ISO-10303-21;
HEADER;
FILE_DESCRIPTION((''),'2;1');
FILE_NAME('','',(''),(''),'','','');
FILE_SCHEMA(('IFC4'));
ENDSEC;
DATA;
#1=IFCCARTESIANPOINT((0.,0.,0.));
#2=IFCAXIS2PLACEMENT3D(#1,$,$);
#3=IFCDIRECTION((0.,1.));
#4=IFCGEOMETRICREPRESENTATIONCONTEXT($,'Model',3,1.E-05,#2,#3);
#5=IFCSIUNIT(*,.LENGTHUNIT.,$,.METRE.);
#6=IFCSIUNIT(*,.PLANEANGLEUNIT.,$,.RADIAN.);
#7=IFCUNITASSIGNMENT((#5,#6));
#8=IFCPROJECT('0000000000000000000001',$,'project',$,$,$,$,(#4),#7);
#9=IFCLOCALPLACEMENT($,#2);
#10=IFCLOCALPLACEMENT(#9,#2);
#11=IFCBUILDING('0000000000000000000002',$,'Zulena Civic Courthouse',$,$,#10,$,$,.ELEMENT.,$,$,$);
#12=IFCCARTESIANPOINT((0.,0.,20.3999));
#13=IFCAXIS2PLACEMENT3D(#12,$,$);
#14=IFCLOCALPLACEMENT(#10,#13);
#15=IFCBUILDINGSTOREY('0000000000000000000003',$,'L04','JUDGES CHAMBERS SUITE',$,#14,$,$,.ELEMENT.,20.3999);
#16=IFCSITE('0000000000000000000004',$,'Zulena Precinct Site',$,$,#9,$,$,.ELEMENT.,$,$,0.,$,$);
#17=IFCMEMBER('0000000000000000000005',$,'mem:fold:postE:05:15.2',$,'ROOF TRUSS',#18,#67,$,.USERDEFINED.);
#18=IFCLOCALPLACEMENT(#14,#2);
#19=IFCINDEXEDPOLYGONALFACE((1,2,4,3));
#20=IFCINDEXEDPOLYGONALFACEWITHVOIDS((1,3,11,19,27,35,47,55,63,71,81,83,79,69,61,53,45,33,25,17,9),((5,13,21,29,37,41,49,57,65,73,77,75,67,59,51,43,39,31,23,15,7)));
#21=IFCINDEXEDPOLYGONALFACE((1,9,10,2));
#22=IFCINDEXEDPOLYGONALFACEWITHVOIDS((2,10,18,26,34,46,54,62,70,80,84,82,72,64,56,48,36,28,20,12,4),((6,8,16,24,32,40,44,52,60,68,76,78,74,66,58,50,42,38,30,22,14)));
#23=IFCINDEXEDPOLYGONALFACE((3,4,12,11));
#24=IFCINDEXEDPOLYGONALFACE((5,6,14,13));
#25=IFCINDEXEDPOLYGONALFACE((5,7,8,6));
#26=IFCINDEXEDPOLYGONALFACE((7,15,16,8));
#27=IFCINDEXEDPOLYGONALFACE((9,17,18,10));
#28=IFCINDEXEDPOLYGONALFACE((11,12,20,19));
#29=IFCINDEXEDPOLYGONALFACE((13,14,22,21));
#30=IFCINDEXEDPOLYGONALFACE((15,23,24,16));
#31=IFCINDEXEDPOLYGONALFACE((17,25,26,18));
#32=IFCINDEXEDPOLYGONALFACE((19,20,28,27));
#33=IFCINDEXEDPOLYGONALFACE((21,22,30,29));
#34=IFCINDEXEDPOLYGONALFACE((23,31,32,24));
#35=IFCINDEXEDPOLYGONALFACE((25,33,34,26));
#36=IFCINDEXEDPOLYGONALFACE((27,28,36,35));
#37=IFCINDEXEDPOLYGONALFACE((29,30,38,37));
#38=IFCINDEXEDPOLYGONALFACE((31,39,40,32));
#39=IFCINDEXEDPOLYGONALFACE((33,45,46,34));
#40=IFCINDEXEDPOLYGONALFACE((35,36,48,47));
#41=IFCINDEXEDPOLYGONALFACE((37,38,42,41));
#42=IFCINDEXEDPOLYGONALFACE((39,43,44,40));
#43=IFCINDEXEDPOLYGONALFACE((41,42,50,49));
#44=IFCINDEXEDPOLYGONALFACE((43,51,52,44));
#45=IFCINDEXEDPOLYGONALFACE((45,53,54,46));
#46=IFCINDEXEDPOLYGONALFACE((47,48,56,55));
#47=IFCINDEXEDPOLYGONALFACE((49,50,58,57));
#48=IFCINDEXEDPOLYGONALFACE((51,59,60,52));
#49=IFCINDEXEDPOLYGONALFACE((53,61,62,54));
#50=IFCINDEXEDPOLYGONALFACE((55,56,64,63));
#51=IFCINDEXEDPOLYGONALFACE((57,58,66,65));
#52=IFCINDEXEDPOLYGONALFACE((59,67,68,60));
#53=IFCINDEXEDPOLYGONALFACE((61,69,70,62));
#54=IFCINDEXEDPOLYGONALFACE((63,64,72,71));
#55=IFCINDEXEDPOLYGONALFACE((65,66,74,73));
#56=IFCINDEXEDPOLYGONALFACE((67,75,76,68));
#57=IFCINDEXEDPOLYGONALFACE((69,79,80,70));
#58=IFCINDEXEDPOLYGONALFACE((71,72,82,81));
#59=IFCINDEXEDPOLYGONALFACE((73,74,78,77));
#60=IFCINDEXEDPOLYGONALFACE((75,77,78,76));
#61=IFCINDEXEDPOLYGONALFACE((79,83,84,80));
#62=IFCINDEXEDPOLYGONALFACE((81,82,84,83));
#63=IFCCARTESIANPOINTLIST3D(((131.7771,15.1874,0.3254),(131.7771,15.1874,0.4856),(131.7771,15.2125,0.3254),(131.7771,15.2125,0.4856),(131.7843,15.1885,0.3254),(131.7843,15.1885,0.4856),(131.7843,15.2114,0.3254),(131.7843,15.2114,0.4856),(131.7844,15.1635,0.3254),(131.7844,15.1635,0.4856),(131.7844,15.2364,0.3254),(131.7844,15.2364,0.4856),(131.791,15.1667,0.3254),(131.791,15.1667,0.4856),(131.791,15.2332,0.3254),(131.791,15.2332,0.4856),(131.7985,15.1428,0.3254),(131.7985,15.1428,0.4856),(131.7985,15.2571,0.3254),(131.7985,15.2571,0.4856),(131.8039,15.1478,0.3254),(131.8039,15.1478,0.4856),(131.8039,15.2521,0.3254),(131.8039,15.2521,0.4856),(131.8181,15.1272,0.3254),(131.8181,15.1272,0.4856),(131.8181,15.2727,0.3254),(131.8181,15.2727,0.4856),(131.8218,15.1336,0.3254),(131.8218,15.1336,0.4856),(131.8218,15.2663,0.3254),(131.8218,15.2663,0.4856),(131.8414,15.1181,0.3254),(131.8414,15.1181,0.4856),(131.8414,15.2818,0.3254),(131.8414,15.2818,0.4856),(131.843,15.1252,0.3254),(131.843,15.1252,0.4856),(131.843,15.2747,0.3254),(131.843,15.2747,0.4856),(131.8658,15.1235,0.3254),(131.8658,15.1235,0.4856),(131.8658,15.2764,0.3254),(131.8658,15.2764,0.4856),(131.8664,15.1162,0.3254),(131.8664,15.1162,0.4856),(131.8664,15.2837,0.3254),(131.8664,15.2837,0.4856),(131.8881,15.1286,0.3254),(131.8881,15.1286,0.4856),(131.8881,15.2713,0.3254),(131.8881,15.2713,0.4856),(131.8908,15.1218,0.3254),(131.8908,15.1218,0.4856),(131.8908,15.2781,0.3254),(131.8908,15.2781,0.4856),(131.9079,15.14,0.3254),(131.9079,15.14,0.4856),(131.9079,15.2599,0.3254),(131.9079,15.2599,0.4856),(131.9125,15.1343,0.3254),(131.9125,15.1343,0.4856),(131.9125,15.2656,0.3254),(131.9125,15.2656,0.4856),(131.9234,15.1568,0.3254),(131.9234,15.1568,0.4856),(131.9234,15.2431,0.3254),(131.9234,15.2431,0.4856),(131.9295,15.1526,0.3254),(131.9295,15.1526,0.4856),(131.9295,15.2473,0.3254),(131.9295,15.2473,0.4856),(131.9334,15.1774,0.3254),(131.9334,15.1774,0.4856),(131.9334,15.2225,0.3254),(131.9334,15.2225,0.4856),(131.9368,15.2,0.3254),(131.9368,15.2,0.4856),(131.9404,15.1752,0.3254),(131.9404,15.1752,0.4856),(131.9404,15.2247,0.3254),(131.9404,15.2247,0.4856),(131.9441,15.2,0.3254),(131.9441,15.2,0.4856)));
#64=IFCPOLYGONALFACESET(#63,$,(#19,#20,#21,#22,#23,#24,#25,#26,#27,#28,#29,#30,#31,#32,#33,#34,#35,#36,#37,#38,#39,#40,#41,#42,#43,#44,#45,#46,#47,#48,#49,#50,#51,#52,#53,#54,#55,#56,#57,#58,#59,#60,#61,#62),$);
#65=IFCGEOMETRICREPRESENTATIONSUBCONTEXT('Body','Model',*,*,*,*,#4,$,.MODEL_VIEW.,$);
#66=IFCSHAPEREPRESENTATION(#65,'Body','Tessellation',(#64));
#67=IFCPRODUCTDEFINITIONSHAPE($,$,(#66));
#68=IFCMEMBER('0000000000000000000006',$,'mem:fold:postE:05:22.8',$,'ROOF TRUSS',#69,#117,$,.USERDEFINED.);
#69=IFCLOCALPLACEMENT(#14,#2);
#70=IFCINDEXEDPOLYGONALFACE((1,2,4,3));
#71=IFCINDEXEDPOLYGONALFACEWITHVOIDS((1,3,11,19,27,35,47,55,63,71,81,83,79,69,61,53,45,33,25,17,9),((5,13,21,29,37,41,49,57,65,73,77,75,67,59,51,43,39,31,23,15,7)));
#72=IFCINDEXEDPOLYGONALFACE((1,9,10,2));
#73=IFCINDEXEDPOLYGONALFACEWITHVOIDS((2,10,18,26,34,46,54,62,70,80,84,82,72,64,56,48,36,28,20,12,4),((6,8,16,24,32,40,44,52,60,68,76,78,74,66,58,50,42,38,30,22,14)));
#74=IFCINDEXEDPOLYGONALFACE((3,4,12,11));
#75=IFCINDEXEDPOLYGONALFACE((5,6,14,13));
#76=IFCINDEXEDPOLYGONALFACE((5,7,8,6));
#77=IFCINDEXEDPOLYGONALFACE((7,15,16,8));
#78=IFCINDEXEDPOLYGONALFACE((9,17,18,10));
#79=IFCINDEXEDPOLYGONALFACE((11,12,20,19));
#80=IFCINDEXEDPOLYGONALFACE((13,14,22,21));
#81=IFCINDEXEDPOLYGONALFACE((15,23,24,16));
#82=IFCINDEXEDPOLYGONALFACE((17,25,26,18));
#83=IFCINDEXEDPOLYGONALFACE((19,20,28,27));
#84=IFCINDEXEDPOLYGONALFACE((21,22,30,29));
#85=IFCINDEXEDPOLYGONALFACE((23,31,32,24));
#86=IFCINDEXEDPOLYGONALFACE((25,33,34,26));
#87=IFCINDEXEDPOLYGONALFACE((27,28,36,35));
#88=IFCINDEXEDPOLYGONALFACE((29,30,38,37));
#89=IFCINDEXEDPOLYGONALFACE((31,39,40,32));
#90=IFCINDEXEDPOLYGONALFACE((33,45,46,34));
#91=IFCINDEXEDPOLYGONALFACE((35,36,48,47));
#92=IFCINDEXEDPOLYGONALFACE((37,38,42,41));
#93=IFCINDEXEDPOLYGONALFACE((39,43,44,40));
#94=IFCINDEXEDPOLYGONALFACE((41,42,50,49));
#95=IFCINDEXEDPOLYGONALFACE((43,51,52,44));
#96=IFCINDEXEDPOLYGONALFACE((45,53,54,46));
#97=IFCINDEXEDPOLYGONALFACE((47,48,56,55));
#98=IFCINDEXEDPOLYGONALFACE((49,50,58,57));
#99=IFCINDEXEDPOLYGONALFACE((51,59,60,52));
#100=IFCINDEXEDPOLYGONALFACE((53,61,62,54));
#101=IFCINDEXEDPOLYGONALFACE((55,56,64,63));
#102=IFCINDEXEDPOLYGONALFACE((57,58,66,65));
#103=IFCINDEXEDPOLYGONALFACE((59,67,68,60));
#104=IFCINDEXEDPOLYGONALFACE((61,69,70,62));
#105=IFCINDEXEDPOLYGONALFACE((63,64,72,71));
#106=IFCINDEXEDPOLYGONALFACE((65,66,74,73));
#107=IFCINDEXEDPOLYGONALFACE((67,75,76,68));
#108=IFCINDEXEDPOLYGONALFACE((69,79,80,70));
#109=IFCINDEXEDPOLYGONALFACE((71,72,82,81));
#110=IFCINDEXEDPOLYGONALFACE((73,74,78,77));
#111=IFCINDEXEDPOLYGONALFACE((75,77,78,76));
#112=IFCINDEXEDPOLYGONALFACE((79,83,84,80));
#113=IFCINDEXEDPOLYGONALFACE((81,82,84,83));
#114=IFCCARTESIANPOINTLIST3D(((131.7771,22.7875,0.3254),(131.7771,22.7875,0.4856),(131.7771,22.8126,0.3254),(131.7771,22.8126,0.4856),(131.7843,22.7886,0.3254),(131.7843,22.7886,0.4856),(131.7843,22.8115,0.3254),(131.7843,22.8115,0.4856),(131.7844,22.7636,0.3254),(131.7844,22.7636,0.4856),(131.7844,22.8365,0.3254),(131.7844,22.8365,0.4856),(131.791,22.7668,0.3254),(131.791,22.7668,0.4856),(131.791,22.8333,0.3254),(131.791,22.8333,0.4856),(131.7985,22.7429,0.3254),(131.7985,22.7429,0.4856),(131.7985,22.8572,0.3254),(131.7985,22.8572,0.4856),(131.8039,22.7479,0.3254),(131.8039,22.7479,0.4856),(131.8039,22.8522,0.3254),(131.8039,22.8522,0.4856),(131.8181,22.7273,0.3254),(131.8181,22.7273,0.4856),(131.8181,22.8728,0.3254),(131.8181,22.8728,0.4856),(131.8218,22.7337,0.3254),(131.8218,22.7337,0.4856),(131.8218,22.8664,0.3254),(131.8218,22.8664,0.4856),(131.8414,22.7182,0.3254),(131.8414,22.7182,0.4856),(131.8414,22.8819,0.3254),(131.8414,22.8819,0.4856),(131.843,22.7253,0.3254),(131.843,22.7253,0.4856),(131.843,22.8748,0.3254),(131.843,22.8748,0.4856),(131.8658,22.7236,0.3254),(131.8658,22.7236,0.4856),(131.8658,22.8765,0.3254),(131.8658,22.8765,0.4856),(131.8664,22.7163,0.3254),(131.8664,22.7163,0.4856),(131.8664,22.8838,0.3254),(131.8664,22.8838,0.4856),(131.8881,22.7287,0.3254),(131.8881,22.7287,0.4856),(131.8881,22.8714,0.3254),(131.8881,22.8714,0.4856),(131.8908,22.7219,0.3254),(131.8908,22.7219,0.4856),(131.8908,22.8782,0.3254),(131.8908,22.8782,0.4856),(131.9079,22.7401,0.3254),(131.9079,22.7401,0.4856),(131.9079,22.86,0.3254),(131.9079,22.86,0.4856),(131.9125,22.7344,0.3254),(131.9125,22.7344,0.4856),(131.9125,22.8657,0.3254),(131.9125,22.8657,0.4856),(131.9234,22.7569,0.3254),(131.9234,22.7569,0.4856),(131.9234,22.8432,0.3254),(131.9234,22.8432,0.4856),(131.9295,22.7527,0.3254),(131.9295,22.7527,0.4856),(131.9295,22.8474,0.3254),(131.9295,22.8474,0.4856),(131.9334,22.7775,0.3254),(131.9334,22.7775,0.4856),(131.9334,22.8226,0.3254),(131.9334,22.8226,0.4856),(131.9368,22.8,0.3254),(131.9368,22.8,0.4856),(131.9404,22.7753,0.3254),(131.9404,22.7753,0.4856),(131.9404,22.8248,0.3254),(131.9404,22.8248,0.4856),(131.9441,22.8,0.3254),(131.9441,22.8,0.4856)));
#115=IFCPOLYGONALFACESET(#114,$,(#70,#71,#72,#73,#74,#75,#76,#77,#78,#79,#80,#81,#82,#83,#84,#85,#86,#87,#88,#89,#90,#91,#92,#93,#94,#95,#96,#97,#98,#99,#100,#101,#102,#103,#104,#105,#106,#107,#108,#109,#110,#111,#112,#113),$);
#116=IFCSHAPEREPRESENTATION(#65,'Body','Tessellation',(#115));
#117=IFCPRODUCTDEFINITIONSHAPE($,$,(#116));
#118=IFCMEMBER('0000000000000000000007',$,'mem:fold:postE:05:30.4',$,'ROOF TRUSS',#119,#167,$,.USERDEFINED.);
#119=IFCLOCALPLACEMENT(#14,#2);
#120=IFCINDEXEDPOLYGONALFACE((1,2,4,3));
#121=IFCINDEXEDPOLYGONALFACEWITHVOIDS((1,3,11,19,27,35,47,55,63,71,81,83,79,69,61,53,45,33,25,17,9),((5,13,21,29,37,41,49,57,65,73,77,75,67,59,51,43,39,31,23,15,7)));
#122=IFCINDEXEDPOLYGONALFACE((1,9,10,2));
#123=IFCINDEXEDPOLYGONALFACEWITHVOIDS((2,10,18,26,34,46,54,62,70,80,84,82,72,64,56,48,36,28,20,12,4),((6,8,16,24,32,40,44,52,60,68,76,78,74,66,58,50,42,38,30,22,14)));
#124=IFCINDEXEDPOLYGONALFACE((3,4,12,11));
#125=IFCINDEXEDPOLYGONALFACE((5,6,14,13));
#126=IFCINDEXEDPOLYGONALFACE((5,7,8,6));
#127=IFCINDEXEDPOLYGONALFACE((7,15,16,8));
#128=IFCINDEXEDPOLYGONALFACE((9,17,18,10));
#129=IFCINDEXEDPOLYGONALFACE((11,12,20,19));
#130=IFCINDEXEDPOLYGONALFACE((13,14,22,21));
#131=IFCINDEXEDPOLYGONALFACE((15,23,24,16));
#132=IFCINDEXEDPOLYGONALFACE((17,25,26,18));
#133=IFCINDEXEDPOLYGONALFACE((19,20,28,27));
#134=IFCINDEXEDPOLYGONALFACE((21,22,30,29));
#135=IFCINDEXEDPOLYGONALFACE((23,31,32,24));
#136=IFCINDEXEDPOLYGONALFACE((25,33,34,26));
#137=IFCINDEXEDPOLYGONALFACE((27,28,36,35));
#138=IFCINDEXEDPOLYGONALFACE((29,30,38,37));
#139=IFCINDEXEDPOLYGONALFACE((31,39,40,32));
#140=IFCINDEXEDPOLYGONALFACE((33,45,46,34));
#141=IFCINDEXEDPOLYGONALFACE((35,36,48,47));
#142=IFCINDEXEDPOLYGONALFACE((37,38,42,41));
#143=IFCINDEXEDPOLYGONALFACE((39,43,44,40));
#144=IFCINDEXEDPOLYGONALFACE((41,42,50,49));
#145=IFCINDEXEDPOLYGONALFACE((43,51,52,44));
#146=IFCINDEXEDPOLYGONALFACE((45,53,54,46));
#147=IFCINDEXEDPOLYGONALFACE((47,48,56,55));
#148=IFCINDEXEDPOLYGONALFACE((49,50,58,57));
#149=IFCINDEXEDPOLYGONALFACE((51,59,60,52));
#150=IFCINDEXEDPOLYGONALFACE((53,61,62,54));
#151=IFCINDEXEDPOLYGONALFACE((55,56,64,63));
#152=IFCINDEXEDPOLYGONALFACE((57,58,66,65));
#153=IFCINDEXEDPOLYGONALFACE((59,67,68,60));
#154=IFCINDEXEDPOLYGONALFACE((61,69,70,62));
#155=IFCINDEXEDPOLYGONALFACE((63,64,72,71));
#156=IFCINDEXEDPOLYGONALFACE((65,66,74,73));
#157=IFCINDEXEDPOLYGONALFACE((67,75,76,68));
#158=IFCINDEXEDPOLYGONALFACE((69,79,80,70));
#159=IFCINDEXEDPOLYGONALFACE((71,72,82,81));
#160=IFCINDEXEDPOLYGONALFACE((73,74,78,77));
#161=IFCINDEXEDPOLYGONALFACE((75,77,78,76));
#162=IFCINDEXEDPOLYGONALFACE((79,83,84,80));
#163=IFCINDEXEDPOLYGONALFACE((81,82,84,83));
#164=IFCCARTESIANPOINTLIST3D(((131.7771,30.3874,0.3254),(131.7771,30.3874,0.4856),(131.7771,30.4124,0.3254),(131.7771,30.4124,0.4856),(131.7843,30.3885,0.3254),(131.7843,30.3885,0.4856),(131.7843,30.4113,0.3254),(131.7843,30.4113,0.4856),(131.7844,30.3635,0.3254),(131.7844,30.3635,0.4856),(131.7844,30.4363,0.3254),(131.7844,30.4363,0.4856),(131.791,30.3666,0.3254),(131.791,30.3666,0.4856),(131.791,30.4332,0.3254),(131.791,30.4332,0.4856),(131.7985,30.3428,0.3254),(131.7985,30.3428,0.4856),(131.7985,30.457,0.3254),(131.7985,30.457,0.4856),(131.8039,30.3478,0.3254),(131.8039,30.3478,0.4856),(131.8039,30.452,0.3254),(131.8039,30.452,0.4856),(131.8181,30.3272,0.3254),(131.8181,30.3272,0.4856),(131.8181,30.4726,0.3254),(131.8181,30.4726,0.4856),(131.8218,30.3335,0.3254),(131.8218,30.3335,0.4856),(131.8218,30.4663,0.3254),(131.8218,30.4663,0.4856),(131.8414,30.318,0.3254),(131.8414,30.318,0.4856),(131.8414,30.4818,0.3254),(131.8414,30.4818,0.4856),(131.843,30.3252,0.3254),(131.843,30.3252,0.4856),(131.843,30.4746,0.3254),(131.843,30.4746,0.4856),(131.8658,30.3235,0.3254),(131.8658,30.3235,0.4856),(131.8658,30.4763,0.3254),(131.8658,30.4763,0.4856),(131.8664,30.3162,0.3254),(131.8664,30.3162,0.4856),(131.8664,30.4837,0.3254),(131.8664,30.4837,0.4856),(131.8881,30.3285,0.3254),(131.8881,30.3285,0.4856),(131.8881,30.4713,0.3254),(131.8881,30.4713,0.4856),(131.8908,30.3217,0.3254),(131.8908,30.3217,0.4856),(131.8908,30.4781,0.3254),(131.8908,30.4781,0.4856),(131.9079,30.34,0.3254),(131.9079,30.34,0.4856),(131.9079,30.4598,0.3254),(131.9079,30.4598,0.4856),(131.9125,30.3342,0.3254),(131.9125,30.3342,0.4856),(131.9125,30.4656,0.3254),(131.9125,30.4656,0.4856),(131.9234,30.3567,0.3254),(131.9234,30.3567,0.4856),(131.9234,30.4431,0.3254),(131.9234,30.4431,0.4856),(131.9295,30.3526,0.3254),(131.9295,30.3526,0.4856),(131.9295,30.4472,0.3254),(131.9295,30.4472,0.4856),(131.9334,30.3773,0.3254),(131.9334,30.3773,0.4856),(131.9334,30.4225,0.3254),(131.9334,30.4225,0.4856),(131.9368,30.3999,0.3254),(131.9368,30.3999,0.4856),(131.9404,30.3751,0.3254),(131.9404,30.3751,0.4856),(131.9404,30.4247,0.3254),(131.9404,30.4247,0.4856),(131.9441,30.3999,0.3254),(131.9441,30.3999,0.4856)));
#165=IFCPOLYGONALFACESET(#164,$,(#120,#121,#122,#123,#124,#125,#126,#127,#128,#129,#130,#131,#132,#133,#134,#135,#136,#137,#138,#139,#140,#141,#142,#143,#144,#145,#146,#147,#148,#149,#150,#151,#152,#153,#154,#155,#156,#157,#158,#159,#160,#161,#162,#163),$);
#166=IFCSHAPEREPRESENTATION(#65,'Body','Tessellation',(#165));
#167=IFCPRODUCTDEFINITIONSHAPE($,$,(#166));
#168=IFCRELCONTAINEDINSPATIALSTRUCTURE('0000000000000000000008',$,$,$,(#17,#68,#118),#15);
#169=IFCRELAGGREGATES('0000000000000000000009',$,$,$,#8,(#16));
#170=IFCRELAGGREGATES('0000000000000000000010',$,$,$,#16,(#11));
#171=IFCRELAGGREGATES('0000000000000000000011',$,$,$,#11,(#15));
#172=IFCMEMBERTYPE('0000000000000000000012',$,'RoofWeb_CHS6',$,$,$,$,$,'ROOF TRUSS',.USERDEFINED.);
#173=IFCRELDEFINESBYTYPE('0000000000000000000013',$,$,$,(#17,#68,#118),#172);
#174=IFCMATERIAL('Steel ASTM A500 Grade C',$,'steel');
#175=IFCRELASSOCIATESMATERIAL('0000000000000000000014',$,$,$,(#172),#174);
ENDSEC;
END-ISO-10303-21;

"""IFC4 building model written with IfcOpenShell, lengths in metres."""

from ifc_helpers import new_model, si_unit, direction, frame, origin, origin_2d, place, context, subcontext, project, spatial, hollow_circle, extrude, material, material_profile, profile_set, type_object, element, save


model = new_model("IFC4")

# Units and contexts
model_context = context("Model", 3, precision=1e-05, world=origin(), true_north=direction((0.0, 1.0)))
body_context = subcontext(model_context, "Body", "Model", "MODEL_VIEW")
ifc_project = project(units=[si_unit("LENGTHUNIT", "METRE"), si_unit("PLANEANGLEUNIT", "RADIAN")], contexts=[model_context])

# Site, building, storey
site_placement = place(None, origin())
site = spatial("IfcSite", under=ifc_project, at=site_placement, Name="Zulena Precinct Site", CompositionType="ELEMENT", RefElevation=0.0)
building_placement = place(site_placement, origin())
building = spatial("IfcBuilding", under=site, at=building_placement, Name="Zulena Civic Courthouse", CompositionType="ELEMENT")
storey_placement = place(building_placement, frame((0.0, 0.0, 20.3999)))
storey = spatial("IfcBuildingStorey", under=building, at=storey_placement, Name="L04", Description="JUDGES CHAMBERS SUITE", CompositionType="ELEMENT", Elevation=20.3999)

# Members
ifc_material_1 = material(Name="Steel ASTM A500 Grade C", Category="steel")
ifc_material_profile_1 = material_profile(ifc_material_1, hollow_circle(Radius=0.084, WallThickness=0.0073, at=origin_2d()), Name="HSS6.625X0.312")
ifc_profile_set_1 = profile_set([ifc_material_profile_1], Name="Steel ASTM A500 Grade C")
member_type_1 = type_object("IfcMemberType", Name="RoofWeb_CHS6", ElementType="ROOF TRUSS", PredefinedType="USERDEFINED", material=ifc_profile_set_1)
for number, where, z_axis, x_axis, name in (
    (1, (131.8601, 15.2, 0.3254), (0.0, 0.0, 1.0), (1.0, 0.0, 0.0), "mem:fold:postE:05:15.2"),
    (2, (131.8601, 22.8, 0.3254), (0.0, 0.0, 1.0), (1.0, 0.0, 0.0), "mem:fold:postE:05:22.8"),
    (3, (131.8601, 30.3999, 0.3254), (0.0, 0.0, 1.0), (1.0, 0.0, 0.0), "mem:fold:postE:05:30.4"),
):
    element("IfcMember", number, at=place(storey_placement, frame(where, z_axis=z_axis, x_axis=x_axis)), inside=storey, type_object=member_type_1, Name=name, ObjectType="ROOF TRUSS", PredefinedType="USERDEFINED", context=body_context, shape_type="SweptSolid", body=[
        extrude(hollow_circle(Radius=0.084, WallThickness=0.0073, at=origin_2d()), origin(), (0.0, 0.0, 1.0), 0.1602),
    ])

save(model, "model.ifc")
